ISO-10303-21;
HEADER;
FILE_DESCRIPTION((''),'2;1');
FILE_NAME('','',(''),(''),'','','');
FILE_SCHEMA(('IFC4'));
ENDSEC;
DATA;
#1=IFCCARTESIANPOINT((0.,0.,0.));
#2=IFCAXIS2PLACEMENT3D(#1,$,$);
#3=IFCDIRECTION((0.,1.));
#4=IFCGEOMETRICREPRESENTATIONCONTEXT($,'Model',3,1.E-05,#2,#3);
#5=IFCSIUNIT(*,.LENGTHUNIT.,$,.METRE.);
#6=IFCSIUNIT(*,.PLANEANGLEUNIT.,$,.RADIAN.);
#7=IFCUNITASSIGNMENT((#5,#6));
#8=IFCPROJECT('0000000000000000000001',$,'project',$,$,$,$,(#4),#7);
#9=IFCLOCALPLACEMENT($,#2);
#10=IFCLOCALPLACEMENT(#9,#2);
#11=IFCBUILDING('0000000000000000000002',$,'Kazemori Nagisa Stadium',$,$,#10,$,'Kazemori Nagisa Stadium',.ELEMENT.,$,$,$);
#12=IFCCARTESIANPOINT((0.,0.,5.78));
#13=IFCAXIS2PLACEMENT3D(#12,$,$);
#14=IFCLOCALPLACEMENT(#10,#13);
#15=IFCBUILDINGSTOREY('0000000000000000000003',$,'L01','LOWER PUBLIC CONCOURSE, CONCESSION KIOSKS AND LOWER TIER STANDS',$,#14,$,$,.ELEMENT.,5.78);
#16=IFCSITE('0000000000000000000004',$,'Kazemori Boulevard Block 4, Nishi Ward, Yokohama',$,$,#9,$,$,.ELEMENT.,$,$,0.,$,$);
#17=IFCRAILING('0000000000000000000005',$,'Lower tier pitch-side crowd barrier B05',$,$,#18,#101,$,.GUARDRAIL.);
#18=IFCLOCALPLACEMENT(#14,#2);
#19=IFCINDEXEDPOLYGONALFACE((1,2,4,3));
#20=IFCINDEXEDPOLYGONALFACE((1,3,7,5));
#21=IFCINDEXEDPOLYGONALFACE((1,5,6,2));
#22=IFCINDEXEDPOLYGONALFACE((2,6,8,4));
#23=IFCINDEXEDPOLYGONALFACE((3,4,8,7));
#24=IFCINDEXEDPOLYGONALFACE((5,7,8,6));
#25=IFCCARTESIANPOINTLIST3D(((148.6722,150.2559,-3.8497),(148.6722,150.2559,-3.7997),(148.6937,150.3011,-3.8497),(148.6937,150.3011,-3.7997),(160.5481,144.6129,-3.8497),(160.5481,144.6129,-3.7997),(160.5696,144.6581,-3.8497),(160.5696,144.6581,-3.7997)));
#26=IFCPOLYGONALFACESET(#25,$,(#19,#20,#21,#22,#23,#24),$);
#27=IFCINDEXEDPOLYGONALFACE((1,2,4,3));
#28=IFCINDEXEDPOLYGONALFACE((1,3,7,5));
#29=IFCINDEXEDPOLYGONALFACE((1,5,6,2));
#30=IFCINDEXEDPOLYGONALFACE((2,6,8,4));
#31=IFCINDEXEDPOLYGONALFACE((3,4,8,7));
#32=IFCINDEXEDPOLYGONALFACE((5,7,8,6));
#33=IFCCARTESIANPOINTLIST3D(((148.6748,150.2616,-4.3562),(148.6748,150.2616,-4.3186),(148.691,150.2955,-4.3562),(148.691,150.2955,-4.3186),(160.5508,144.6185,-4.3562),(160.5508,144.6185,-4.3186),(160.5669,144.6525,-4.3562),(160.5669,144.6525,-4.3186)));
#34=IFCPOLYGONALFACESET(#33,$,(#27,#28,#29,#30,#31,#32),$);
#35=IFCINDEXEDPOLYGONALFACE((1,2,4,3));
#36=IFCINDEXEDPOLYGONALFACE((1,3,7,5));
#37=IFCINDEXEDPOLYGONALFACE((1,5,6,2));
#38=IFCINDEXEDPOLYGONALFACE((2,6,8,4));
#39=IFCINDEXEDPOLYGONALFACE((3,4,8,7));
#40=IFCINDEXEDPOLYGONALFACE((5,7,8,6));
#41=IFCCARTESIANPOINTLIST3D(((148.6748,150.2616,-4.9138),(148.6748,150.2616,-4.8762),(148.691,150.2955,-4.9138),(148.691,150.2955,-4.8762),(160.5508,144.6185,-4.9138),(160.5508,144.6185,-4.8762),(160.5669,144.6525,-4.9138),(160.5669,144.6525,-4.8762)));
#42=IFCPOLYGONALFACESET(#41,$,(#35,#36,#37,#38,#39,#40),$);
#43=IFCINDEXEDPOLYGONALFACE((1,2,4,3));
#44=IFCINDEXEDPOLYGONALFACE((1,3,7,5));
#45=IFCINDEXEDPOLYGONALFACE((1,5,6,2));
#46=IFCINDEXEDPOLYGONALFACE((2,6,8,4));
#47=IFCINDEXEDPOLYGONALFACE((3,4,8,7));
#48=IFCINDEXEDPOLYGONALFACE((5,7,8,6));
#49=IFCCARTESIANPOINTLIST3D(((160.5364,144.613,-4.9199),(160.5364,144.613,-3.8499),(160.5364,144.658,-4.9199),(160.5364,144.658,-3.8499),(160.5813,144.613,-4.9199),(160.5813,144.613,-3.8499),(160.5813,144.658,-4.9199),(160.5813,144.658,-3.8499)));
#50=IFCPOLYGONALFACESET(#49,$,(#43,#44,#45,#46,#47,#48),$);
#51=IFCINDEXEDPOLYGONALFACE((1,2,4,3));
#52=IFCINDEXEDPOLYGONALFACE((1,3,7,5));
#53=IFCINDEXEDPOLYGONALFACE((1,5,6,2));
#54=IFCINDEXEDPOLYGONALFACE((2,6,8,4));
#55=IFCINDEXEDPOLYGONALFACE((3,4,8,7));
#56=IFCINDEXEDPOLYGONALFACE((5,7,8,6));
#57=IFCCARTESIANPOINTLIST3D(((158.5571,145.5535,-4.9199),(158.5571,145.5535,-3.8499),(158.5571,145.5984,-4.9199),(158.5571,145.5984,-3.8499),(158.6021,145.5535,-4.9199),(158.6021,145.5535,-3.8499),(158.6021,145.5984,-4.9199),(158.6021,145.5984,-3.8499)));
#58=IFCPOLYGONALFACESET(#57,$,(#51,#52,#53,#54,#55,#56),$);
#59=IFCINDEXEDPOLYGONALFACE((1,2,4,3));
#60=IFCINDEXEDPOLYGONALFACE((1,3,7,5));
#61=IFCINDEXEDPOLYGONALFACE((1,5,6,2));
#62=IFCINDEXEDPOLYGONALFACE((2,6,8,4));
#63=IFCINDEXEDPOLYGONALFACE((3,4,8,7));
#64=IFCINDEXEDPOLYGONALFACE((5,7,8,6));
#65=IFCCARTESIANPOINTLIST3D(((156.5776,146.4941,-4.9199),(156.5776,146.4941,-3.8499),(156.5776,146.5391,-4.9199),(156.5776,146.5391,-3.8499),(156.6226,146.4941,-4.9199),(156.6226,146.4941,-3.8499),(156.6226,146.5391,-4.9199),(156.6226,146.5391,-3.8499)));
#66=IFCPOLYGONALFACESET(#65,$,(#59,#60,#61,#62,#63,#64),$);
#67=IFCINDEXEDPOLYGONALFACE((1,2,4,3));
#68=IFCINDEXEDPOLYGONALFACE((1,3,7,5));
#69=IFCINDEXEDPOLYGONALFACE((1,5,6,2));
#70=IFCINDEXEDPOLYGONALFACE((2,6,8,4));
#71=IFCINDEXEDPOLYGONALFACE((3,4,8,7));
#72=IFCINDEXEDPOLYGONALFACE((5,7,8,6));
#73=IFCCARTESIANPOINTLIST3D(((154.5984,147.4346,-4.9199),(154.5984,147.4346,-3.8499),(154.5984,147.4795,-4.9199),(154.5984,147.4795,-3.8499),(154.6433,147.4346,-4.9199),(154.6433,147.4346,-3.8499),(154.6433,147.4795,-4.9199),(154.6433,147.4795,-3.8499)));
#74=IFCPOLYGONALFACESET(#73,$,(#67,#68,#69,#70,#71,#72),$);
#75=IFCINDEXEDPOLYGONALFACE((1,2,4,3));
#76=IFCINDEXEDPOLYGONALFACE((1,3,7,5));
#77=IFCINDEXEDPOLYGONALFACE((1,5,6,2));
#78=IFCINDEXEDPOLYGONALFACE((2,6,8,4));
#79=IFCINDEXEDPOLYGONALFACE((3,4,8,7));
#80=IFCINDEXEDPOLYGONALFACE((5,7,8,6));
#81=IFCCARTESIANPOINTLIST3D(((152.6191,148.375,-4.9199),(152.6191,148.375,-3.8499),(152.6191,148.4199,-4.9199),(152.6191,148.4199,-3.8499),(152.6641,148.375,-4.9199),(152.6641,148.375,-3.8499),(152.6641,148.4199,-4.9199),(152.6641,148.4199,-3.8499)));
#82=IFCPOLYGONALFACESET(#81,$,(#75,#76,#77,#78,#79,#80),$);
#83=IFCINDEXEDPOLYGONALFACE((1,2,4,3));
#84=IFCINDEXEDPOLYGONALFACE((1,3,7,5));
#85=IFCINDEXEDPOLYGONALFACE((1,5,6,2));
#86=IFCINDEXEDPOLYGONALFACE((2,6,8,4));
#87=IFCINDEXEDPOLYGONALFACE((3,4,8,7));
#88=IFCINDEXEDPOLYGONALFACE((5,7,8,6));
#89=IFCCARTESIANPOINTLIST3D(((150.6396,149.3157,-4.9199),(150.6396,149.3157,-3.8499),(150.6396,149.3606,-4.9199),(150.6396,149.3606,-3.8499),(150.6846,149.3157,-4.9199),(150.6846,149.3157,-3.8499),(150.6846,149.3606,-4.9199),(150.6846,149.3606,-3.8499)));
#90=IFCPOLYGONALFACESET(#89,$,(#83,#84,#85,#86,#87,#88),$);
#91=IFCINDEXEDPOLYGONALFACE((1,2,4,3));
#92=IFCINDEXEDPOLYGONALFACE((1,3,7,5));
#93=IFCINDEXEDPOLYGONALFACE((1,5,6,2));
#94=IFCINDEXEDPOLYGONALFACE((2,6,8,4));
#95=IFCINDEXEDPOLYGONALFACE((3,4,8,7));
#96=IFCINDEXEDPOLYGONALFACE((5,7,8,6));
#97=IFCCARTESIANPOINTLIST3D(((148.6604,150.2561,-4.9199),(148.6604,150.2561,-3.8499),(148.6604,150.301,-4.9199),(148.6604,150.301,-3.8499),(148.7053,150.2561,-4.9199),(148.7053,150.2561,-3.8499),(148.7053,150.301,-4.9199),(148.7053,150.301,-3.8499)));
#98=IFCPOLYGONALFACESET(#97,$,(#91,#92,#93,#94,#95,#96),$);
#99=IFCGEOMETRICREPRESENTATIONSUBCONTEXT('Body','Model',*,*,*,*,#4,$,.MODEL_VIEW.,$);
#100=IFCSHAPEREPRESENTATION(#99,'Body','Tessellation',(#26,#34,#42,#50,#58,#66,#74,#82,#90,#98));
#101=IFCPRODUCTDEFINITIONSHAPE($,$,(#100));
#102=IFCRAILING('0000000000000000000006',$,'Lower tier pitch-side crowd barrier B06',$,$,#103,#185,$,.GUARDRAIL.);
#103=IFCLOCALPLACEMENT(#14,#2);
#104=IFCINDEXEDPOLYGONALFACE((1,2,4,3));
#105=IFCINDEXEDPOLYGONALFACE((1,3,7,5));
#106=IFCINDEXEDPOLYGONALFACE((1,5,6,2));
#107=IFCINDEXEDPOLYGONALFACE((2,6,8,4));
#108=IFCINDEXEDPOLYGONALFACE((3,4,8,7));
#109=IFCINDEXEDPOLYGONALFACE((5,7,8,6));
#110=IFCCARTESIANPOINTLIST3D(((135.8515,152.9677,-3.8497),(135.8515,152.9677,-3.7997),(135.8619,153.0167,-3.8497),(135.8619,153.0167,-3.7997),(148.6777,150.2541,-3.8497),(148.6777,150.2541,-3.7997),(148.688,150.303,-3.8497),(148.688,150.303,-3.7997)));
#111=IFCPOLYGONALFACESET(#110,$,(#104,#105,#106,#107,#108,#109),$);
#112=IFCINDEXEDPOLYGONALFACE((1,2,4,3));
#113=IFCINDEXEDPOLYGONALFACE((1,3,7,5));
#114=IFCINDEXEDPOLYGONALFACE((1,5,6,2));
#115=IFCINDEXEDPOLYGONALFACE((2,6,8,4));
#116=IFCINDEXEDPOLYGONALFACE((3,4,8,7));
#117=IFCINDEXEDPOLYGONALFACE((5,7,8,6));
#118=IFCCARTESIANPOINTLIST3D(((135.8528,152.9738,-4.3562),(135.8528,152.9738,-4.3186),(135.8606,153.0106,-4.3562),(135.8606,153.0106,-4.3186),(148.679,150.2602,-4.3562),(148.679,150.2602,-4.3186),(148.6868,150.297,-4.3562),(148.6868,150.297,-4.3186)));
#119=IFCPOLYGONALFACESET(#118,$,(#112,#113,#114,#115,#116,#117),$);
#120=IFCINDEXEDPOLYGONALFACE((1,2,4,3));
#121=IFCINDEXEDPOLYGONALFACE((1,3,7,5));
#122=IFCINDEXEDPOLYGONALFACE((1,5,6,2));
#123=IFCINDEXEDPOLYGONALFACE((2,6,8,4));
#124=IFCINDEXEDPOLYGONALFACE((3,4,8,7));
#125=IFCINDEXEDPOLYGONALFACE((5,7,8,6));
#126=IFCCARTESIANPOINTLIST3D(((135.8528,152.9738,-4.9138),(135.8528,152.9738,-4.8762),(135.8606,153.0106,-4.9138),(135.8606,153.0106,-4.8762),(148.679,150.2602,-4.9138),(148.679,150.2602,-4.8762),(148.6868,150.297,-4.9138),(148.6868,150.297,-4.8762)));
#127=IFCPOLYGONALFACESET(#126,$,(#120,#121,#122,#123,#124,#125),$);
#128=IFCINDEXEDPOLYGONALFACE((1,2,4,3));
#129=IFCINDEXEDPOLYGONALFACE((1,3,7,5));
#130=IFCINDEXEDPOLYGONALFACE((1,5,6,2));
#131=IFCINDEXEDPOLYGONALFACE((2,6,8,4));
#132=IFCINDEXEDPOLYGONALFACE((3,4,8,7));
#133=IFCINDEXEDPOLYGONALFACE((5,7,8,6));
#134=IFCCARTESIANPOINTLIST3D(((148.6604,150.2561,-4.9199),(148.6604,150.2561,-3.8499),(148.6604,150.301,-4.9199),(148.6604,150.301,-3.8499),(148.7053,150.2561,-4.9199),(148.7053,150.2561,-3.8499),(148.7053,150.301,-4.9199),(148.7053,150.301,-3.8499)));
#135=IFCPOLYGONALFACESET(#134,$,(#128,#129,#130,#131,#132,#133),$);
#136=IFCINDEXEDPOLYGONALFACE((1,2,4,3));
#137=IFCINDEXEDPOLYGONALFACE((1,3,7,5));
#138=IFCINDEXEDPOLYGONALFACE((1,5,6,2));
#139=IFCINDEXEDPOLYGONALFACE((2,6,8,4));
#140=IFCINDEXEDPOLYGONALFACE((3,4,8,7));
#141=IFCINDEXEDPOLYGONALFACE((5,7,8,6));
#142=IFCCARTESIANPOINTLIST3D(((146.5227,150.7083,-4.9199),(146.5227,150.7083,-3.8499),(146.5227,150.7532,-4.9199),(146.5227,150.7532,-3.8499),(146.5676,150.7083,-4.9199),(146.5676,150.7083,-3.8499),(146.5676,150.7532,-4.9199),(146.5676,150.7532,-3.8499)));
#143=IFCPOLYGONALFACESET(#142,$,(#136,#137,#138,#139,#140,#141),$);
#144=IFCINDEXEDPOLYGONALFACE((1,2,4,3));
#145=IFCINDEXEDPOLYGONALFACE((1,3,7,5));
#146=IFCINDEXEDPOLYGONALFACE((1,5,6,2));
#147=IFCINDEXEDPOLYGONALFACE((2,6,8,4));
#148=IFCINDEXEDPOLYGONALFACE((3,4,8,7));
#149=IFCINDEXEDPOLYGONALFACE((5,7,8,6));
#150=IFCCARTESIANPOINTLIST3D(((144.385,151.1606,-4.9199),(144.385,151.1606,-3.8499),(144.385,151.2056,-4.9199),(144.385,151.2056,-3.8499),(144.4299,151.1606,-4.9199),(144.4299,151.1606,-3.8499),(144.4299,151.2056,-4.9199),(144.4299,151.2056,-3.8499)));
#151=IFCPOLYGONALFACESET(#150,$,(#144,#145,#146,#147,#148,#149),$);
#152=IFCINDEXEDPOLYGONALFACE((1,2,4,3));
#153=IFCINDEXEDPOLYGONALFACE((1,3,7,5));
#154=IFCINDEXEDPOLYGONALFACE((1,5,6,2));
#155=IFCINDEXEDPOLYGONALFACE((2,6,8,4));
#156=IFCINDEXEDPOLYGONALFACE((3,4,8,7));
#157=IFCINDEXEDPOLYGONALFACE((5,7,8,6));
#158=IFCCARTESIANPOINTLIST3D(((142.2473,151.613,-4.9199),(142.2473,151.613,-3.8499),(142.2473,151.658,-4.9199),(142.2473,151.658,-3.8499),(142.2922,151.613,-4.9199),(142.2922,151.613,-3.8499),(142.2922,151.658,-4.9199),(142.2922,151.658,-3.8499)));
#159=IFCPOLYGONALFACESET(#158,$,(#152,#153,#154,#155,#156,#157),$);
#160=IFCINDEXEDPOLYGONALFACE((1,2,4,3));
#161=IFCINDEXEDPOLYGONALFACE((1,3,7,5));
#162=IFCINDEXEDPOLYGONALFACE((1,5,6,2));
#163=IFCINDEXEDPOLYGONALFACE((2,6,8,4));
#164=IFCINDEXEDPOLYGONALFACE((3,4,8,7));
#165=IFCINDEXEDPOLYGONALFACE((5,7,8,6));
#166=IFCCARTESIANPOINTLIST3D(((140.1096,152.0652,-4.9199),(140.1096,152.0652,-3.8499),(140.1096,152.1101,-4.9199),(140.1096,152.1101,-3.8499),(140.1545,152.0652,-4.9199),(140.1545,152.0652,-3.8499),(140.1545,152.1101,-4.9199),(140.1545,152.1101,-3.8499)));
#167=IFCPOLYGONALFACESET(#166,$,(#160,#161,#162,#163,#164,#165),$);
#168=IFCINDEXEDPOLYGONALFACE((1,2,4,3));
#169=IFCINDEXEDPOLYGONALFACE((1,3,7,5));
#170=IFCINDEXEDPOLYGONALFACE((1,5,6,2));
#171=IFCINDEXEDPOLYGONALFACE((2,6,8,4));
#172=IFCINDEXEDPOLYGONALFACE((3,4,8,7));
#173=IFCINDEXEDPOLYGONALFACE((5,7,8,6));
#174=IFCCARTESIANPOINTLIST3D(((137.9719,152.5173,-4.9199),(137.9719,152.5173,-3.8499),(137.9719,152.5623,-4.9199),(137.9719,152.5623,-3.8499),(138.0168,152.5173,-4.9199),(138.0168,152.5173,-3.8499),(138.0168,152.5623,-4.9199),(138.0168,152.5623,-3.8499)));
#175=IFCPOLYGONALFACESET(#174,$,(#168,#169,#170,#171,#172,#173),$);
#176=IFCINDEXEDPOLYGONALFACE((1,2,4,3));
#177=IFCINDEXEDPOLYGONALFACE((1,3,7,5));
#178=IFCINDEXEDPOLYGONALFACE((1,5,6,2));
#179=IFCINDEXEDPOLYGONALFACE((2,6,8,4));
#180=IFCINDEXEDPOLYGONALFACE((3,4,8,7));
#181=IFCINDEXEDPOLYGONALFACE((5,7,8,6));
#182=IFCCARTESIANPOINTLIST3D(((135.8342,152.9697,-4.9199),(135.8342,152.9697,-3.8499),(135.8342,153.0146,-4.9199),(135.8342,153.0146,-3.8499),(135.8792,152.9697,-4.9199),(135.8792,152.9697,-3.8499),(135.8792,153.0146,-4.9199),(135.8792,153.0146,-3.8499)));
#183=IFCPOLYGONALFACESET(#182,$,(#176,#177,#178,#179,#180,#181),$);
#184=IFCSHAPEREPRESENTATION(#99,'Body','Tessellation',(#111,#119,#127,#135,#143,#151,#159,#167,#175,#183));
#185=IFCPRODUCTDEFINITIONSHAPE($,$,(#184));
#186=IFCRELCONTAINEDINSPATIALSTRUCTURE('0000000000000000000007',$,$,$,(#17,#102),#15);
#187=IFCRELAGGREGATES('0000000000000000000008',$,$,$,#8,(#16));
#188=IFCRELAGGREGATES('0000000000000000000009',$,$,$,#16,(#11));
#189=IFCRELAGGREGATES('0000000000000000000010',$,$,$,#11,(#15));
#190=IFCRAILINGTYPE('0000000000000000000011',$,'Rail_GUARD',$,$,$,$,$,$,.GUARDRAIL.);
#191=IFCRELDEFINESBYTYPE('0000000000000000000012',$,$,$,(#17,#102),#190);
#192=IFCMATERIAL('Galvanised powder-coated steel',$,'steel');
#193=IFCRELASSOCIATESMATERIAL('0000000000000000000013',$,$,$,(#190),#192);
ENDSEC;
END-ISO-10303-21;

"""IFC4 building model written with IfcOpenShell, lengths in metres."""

from ifc_helpers import new_model, si_unit, direction, frame, origin, origin_2d, place, context, subcontext, project, spatial, rectangle, extrude, material, type_object, element, save


model = new_model("IFC4")

# Units and contexts
model_context = context("Model", 3, precision=1e-05, world=origin(), true_north=direction((0.0, 1.0)))
body_context = subcontext(model_context, "Body", "Model", "MODEL_VIEW")
ifc_project = project(units=[si_unit("LENGTHUNIT", "METRE"), si_unit("PLANEANGLEUNIT", "RADIAN")], contexts=[model_context])

# Site, building, storey
site_placement = place(None, origin())
site = spatial("IfcSite", under=ifc_project, at=site_placement, Name="Kazemori Boulevard Block 4, Nishi Ward, Yokohama", CompositionType="ELEMENT", RefElevation=0.0)
building_placement = place(site_placement, origin())
building = spatial("IfcBuilding", under=site, at=building_placement, Name="Kazemori Nagisa Stadium", LongName="Kazemori Nagisa Stadium", CompositionType="ELEMENT")
storey_placement = place(building_placement, frame((0.0, 0.0, 5.78)))
storey = spatial("IfcBuildingStorey", under=building, at=storey_placement, Name="L01", Description="LOWER PUBLIC CONCOURSE, CONCESSION KIOSKS AND LOWER TIER STANDS", CompositionType="ELEMENT", Elevation=5.78)

# Railings
ifc_material_1 = material(Name="Galvanised powder-coated steel", Category="steel")
railing_type_1 = type_object("IfcRailingType", Name="Rail_GUARD", PredefinedType="GUARDRAIL", material=ifc_material_1)
railing_1_placement = place(storey_placement, frame((160.5588, 144.6355, -4.9199)))
element("IfcRailing", 1, at=railing_1_placement, inside=storey, type_object=railing_type_1, Name="Lower tier pitch-side crowd barrier B05", PredefinedType="GUARDRAIL", context=body_context, shape_type="SweptSolid", body=[
    extrude(rectangle(XDim=0.05, YDim=0.05, at=origin_2d()), frame((0.0, 0.0, 1.0952), z_axis=(-0.903219, 0.42918, 0.0), x_axis=(-0.42918, -0.903219, 0.0)), (0.0, 0.0, 1.0), 13.1484),
    extrude(rectangle(XDim=0.0376, YDim=0.0376, at=origin_2d()), frame((0.0, 0.0, 0.5825), z_axis=(-0.903219, 0.42918, 0.0), x_axis=(-0.42918, -0.903219, 0.0)), (0.0, 0.0, 1.0), 13.1484),
    extrude(rectangle(XDim=0.0376, YDim=0.0376, at=origin_2d()), frame((0.0, 0.0, 0.0249), z_axis=(-0.903219, 0.42918, 0.0), x_axis=(-0.42918, -0.903219, 0.0)), (0.0, 0.0, 1.0), 13.1484),
    extrude(rectangle(XDim=0.0449, YDim=0.0449, at=origin_2d()), origin(), (0.0, 0.0, 1.0), 1.0701),
    extrude(rectangle(XDim=0.0449, YDim=0.0449, at=origin_2d()), frame((-1.9792, 0.9404, 0.0)), (0.0, 0.0, 1.0), 1.0701),
    extrude(rectangle(XDim=0.0449, YDim=0.0449, at=origin_2d()), frame((-3.9587, 1.8811, 0.0)), (0.0, 0.0, 1.0), 1.0701),
    extrude(rectangle(XDim=0.0449, YDim=0.0449, at=origin_2d()), frame((-5.938, 2.8215, 0.0)), (0.0, 0.0, 1.0), 1.0701),
    extrude(rectangle(XDim=0.0449, YDim=0.0449, at=origin_2d()), frame((-7.9172, 3.762, 0.0)), (0.0, 0.0, 1.0), 1.0701),
    extrude(rectangle(XDim=0.0449, YDim=0.0449, at=origin_2d()), frame((-9.8967, 4.7026, 0.0)), (0.0, 0.0, 1.0), 1.0701),
    extrude(rectangle(XDim=0.0449, YDim=0.0449, at=origin_2d()), frame((-11.876, 5.6431, 0.0)), (0.0, 0.0, 1.0), 1.0701),
])
railing_2_placement = place(storey_placement, frame((148.6829, 150.2786, -4.9199)))
element("IfcRailing", 2, at=railing_2_placement, inside=storey, type_object=railing_type_1, Name="Lower tier pitch-side crowd barrier B06", PredefinedType="GUARDRAIL", context=body_context, shape_type="SweptSolid", body=[
    extrude(rectangle(XDim=0.05, YDim=0.05, at=origin_2d()), frame((0.0, 0.0, 1.0952), z_axis=(-0.978344, 0.206987, 0.0), x_axis=(-0.206987, -0.978344, 0.0)), (0.0, 0.0, 1.0), 13.1101),
    extrude(rectangle(XDim=0.0376, YDim=0.0376, at=origin_2d()), frame((0.0, 0.0, 0.5825), z_axis=(-0.978344, 0.206987, 0.0), x_axis=(-0.206987, -0.978344, 0.0)), (0.0, 0.0, 1.0), 13.1101),
    extrude(rectangle(XDim=0.0376, YDim=0.0376, at=origin_2d()), frame((0.0, 0.0, 0.0249), z_axis=(-0.978344, 0.206987, 0.0), x_axis=(-0.206987, -0.978344, 0.0)), (0.0, 0.0, 1.0), 13.1101),
    extrude(rectangle(XDim=0.0449, YDim=0.0449, at=origin_2d()), origin(), (0.0, 0.0, 1.0), 1.0701),
    extrude(rectangle(XDim=0.0449, YDim=0.0449, at=origin_2d()), frame((-2.1377, 0.4521, 0.0)), (0.0, 0.0, 1.0), 1.0701),
    extrude(rectangle(XDim=0.0449, YDim=0.0449, at=origin_2d()), frame((-4.2754, 0.9045, 0.0)), (0.0, 0.0, 1.0), 1.0701),
    extrude(rectangle(XDim=0.0449, YDim=0.0449, at=origin_2d()), frame((-6.4131, 1.3569, 0.0)), (0.0, 0.0, 1.0), 1.0701),
    extrude(rectangle(XDim=0.0449, YDim=0.0449, at=origin_2d()), frame((-8.5508, 1.8091, 0.0)), (0.0, 0.0, 1.0), 1.0701),
    extrude(rectangle(XDim=0.0449, YDim=0.0449, at=origin_2d()), frame((-10.6885, 2.2612, 0.0)), (0.0, 0.0, 1.0), 1.0701),
    extrude(rectangle(XDim=0.0449, YDim=0.0449, at=origin_2d()), frame((-12.8262, 2.7136, 0.0)), (0.0, 0.0, 1.0), 1.0701),
])

save(model, "model.ifc")
